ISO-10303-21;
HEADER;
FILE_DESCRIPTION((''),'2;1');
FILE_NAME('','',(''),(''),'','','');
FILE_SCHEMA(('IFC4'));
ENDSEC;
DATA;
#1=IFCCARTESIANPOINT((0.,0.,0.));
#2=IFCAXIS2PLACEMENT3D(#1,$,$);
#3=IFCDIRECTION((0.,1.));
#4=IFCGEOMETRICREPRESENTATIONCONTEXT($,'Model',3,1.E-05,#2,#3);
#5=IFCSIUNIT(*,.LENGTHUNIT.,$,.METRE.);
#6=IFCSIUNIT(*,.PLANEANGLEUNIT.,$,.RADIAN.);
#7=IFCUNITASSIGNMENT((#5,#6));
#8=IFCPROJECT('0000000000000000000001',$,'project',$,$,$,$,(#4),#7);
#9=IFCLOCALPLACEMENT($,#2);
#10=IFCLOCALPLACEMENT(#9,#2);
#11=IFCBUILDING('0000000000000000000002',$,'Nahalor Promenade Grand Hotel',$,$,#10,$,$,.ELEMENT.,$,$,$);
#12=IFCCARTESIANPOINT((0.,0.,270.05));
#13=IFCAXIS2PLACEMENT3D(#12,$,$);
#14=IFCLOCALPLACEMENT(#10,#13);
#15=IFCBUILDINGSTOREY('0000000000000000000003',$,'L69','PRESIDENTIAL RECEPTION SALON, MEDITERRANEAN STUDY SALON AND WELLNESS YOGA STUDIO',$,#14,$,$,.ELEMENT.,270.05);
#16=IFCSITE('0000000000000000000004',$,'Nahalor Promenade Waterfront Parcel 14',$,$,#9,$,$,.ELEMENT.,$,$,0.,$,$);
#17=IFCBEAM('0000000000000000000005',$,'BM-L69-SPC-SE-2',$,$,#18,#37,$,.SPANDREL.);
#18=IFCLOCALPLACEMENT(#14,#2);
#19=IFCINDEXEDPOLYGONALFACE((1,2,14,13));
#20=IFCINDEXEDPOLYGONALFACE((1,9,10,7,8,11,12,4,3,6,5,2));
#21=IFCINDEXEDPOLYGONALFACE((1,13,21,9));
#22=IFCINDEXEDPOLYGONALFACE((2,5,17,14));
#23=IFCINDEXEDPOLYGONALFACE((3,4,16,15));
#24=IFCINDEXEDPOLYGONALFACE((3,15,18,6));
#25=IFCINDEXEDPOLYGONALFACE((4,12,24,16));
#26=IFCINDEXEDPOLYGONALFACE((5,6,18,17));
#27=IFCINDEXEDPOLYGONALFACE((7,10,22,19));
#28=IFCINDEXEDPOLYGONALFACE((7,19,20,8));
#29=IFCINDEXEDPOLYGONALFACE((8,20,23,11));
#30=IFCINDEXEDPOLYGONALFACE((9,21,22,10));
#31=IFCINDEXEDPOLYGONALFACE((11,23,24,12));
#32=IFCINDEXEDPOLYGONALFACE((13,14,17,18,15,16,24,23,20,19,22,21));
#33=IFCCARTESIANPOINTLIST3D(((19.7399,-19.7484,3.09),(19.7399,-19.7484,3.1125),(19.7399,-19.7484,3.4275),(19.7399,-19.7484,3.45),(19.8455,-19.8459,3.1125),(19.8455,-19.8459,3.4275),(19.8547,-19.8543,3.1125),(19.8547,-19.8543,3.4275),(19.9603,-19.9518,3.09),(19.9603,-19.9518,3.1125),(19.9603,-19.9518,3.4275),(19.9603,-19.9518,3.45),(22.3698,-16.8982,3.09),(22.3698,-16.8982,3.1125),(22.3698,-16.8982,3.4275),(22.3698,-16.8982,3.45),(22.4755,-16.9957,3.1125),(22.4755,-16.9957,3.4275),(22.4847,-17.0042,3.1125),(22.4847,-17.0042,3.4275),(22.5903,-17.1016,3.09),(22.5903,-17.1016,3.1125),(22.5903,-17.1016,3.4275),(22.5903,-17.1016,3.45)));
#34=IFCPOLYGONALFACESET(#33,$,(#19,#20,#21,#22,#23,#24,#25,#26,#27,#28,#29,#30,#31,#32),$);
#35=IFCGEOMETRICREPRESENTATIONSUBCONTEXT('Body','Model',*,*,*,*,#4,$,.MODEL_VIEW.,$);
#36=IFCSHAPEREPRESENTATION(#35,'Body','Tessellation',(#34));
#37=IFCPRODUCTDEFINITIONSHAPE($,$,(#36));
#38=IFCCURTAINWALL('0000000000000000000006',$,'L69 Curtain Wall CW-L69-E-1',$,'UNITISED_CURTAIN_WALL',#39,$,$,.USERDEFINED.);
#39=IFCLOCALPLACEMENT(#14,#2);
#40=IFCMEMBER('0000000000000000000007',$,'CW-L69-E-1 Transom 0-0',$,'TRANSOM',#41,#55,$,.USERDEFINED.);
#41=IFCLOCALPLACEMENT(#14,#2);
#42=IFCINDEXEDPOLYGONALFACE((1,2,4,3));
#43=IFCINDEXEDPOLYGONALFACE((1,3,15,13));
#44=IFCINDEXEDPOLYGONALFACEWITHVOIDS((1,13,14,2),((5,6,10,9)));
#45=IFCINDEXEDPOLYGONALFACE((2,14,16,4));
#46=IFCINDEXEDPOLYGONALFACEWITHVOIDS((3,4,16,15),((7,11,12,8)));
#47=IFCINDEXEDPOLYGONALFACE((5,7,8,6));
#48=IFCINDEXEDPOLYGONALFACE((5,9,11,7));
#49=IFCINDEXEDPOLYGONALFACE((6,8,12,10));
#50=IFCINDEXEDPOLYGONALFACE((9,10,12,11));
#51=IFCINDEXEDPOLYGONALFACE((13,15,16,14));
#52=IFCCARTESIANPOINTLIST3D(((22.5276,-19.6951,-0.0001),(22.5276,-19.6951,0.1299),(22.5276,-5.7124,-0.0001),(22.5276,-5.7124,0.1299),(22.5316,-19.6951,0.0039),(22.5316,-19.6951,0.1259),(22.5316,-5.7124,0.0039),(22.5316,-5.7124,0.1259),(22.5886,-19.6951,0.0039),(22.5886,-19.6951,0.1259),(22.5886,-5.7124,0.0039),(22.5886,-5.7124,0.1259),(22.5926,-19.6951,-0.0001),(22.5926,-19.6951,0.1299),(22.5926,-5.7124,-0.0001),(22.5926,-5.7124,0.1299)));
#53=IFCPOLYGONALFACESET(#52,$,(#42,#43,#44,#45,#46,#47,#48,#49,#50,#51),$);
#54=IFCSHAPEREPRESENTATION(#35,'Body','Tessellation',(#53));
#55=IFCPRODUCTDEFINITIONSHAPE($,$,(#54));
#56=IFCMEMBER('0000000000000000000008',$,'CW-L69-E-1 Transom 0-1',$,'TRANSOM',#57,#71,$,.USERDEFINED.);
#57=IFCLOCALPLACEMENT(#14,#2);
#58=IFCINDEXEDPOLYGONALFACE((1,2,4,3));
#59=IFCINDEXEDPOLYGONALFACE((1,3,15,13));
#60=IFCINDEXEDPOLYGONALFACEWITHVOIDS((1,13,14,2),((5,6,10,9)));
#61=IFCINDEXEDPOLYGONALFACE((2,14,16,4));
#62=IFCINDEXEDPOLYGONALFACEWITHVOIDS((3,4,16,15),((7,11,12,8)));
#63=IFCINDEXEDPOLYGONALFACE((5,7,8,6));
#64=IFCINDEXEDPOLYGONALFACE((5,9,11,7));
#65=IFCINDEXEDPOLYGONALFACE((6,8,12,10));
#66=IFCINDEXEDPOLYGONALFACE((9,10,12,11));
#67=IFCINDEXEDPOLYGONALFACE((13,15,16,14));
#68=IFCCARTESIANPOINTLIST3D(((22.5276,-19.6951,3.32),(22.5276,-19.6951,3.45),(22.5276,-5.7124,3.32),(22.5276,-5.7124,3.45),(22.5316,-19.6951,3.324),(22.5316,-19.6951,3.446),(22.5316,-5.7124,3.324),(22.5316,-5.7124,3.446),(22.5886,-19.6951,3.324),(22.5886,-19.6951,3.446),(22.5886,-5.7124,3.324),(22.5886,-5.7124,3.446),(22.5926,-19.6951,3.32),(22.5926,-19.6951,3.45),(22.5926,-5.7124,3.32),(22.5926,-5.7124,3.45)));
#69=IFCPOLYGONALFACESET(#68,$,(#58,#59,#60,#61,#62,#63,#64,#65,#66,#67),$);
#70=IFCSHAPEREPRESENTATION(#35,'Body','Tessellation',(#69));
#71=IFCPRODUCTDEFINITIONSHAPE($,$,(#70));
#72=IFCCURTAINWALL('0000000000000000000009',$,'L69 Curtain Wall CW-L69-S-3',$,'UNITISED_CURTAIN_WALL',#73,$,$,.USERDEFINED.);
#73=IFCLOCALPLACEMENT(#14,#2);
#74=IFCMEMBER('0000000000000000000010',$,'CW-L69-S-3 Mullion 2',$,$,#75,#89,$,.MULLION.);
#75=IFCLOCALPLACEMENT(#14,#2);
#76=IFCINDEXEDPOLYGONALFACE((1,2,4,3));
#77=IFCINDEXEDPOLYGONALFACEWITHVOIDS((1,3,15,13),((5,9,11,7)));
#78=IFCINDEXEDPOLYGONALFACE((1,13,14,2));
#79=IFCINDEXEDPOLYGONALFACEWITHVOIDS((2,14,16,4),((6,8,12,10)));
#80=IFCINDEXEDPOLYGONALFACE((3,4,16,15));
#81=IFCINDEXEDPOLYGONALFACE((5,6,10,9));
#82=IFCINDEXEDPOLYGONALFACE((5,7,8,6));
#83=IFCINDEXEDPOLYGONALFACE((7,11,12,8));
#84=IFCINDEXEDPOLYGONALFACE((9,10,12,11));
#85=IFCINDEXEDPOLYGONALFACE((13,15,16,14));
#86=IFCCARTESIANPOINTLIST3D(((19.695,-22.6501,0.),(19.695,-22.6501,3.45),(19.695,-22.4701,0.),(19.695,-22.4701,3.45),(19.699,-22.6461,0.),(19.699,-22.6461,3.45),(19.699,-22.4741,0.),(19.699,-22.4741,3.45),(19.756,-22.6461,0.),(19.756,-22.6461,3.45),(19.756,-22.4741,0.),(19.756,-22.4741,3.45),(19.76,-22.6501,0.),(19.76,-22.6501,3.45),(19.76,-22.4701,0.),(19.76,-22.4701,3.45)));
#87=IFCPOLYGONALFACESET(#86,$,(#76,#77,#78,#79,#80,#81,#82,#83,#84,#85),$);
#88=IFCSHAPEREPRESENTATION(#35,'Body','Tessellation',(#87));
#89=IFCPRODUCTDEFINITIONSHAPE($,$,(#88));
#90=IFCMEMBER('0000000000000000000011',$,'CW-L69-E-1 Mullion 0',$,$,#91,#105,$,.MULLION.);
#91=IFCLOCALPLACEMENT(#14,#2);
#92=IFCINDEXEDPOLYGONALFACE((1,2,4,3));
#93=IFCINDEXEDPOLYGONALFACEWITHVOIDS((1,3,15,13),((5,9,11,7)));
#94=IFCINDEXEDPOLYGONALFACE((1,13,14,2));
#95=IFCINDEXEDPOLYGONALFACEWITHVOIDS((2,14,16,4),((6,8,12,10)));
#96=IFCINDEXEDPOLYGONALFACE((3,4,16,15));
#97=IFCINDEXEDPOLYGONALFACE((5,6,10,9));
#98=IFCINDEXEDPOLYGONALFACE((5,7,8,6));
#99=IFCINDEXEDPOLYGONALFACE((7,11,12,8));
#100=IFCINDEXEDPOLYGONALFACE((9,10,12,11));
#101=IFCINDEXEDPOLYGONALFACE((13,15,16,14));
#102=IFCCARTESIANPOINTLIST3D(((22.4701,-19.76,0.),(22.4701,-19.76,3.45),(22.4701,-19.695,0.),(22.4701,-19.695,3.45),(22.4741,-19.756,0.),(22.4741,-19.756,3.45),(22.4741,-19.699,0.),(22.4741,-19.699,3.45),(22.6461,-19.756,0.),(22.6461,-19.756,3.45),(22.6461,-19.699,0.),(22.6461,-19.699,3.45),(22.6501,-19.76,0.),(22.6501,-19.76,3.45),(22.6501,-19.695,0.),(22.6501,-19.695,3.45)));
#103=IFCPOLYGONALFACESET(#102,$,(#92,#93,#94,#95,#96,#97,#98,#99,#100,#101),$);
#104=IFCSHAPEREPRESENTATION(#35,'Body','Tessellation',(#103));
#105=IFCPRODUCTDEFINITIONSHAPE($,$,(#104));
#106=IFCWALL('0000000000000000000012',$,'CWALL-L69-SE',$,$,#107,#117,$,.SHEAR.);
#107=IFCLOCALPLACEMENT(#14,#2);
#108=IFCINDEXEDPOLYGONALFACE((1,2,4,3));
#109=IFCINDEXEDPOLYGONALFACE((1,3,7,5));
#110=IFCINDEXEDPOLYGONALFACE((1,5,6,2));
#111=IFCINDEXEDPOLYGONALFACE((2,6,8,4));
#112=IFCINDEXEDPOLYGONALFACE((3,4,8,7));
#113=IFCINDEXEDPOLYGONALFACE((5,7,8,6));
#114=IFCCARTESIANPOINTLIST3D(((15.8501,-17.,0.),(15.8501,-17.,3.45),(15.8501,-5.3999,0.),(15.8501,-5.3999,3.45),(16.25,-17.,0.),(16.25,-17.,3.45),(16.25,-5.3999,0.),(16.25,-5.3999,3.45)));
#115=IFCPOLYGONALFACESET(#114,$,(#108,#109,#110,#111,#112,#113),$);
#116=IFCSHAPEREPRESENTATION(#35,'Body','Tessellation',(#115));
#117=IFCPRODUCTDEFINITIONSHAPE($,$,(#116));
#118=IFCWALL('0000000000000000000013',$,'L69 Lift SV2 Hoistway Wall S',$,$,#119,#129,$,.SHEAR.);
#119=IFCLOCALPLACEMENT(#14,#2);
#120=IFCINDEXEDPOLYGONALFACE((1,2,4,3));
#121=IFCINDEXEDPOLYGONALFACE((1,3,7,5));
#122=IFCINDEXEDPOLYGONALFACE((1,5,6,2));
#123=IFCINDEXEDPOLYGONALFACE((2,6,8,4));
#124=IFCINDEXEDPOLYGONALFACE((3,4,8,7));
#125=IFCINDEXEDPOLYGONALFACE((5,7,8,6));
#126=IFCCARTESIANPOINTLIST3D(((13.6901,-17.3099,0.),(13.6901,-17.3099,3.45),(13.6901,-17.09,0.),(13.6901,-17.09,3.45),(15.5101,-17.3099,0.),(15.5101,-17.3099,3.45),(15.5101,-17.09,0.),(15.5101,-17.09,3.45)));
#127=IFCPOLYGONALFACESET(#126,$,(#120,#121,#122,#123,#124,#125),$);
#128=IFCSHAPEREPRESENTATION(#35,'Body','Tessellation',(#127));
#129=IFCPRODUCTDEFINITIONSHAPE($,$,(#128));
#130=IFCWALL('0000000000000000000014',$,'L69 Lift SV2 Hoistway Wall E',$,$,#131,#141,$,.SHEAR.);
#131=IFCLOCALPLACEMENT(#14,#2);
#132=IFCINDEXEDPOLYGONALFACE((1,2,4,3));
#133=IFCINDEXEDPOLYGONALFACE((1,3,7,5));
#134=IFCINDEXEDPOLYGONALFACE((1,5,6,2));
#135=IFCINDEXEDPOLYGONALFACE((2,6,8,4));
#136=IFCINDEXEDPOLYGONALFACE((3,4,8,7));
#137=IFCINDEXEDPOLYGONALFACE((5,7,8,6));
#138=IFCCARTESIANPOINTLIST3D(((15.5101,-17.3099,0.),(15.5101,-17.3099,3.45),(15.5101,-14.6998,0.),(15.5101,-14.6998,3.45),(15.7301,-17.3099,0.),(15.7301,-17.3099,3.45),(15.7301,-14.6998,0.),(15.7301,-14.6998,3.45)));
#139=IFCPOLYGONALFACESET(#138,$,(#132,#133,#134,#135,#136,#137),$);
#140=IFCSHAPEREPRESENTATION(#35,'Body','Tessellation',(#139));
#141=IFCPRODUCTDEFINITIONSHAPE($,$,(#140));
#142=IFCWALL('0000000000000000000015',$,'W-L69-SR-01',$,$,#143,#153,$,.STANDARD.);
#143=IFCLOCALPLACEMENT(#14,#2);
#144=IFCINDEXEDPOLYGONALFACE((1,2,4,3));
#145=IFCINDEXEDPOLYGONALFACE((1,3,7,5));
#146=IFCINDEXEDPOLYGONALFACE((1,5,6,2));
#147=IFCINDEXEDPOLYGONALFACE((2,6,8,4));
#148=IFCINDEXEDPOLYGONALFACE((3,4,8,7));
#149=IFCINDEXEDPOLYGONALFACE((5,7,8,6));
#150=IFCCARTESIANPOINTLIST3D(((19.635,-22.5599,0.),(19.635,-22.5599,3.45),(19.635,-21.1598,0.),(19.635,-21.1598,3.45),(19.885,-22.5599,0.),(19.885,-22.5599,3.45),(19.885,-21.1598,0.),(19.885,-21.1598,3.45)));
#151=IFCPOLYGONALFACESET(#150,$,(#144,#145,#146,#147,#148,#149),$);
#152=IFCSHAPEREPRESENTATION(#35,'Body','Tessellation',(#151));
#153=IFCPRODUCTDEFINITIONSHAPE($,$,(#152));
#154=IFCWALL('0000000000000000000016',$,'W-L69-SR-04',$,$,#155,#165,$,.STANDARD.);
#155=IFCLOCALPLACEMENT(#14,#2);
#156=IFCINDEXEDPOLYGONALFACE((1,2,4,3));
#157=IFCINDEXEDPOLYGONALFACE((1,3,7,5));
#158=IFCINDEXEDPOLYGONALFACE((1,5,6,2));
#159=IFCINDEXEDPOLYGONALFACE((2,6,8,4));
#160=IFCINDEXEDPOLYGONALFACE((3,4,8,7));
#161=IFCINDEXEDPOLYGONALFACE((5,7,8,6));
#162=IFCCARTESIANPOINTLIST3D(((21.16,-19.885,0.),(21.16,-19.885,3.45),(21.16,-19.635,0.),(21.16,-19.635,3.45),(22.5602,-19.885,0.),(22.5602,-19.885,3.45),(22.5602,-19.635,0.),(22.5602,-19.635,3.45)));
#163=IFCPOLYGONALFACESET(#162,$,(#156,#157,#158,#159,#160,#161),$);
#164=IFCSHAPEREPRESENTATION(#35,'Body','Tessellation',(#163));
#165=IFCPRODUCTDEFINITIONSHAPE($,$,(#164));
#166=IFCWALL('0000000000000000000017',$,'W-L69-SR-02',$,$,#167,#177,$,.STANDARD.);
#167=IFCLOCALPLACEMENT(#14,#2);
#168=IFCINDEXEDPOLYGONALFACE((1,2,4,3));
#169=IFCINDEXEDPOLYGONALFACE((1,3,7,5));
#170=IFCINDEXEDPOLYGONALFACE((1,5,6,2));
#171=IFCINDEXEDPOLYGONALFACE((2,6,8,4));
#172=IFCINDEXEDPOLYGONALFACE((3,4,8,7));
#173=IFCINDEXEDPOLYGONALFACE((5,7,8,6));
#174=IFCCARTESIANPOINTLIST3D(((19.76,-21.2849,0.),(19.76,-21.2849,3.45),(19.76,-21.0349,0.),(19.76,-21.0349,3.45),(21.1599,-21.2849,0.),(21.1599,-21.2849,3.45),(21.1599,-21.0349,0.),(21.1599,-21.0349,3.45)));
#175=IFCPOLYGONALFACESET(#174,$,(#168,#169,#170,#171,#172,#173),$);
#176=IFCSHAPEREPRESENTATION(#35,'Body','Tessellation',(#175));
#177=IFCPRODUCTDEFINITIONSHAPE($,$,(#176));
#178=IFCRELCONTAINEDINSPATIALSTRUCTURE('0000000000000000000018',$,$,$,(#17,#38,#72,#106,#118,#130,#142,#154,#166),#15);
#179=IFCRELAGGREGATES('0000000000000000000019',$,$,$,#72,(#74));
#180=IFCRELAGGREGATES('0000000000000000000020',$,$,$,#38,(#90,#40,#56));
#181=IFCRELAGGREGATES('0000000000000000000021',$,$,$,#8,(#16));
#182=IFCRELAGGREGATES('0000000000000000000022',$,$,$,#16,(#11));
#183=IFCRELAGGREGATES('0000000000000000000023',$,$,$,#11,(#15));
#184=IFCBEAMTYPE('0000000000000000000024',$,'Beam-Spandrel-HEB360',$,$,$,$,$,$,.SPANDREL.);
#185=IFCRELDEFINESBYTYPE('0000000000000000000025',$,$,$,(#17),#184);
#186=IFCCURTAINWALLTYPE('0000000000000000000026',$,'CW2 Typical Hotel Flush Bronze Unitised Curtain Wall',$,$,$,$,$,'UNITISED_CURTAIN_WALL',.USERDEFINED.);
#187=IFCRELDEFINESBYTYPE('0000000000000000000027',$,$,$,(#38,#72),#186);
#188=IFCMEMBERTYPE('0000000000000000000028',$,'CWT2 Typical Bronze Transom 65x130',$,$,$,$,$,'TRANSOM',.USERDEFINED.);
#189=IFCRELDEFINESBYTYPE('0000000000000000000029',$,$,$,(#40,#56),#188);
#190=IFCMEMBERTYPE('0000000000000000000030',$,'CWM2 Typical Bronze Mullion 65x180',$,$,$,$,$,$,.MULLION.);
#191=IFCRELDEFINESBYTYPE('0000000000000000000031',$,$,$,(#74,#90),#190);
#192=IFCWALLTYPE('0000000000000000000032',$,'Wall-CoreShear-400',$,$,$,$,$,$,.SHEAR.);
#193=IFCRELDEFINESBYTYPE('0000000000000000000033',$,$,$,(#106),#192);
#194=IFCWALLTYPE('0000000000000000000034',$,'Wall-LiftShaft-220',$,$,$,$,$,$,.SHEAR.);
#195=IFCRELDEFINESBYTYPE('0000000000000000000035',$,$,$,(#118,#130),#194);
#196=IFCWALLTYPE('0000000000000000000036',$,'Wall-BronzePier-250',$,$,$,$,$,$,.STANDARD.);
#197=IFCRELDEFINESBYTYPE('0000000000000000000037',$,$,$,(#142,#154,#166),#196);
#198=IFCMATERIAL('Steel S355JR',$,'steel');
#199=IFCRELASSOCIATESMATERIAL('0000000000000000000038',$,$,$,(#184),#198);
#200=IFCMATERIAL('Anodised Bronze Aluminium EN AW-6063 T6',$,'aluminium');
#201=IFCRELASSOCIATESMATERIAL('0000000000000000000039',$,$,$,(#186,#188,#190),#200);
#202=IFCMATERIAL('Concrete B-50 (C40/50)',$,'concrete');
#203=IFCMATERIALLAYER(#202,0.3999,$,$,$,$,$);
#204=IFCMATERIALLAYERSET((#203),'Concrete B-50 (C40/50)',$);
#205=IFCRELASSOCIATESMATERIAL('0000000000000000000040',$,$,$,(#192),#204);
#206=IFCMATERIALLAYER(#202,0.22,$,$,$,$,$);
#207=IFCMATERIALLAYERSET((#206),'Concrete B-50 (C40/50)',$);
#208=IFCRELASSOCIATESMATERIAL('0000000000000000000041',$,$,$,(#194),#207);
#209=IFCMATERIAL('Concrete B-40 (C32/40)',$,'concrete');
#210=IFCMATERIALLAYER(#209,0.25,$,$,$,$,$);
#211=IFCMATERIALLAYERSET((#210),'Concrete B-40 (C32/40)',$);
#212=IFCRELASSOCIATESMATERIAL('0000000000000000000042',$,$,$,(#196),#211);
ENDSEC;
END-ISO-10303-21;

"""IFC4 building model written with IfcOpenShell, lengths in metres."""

from ifc_helpers import new_model, si_unit, direction, frame, frame_2d, origin, origin_2d, place, context, subcontext, project, spatial, rectangle, hollow_rectangle, i_section, extrude, source, transform, mapped, material, layer, layer_set, material_profile, profile_set, type_object, element, aggregate, save


model = new_model("IFC4")

# Units and contexts
model_context = context("Model", 3, precision=1e-05, world=origin(), true_north=direction((0.0, 1.0)))
body_context = subcontext(model_context, "Body", "Model", "MODEL_VIEW")
ifc_project = project(units=[si_unit("LENGTHUNIT", "METRE"), si_unit("PLANEANGLEUNIT", "RADIAN")], contexts=[model_context])

# Site, building, storey
site_placement = place(None, origin())
site = spatial("IfcSite", under=ifc_project, at=site_placement, Name="Nahalor Promenade Waterfront Parcel 14", CompositionType="ELEMENT", RefElevation=0.0)
building_placement = place(site_placement, origin())
building = spatial("IfcBuilding", under=site, at=building_placement, Name="Nahalor Promenade Grand Hotel", CompositionType="ELEMENT")
storey_placement = place(building_placement, frame((0.0, 0.0, 270.05)))
storey = spatial("IfcBuildingStorey", under=building, at=storey_placement, Name="L69", Description="PRESIDENTIAL RECEPTION SALON, MEDITERRANEAN STUDY SALON AND WELLNESS YOGA STUDIO", CompositionType="ELEMENT", Elevation=270.05)

# Shared definitions
ifc_material_1 = material(Name="Concrete B-50 (C40/50)", Category="concrete")
ifc_material_2 = material(Name="Steel S355JR", Category="steel")

# Beam
ifc_material_profile_1 = material_profile(ifc_material_2, i_section(OverallWidth=0.3, OverallDepth=0.36, WebThickness=0.0125, FlangeThickness=0.0225, at=origin_2d()), Name="HEB 360")
ifc_profile_set_1 = profile_set([ifc_material_profile_1], Name="Steel S355JR")
beam_type_1 = type_object("IfcBeamType", Name="Beam-Spandrel-HEB360", PredefinedType="SPANDREL", material=ifc_profile_set_1)
shared_shape_1 = source(origin(), body_context, "Body", "SweptSolid", [
    extrude(i_section(OverallWidth=0.3, OverallDepth=0.36, WebThickness=0.0125, FlangeThickness=0.0225, at=origin_2d()), origin(), (0.0, 0.0, 1.0), 3.8782),
])
for number, where, z_axis, x_axis, name in (
    (1, (19.8501, -19.8501, 3.27), (0.678144, 0.734929, 0.0), (-0.734929, 0.678144, 0.0), "BM-L69-SPC-SE-2"),
):
    element("IfcBeam", number, at=place(storey_placement, frame(where, z_axis=z_axis, x_axis=x_axis)), inside=storey, type_object=beam_type_1, Name=name, PredefinedType="SPANDREL", context=body_context, shape_type="MappedRepresentation", body=[
        mapped(shared_shape_1, transform((0.0, 0.0, 0.0), scale=1.0)),
    ])

# Curtain wall, members
ifc_material_3 = material(Name="Anodised Bronze Aluminium EN AW-6063 T6", Category="aluminium")
curtain_wall_type = type_object("IfcCurtainWallType", Name="CW2 Typical Hotel Flush Bronze Unitised Curtain Wall", ElementType="UNITISED_CURTAIN_WALL", PredefinedType="USERDEFINED", material=ifc_material_3)
curtain_wall_1_placement = place(storey_placement, origin())
curtain_wall_1 = element("IfcCurtainWall", 2, at=curtain_wall_1_placement, inside=storey, type_object=curtain_wall_type, Name="L69 Curtain Wall CW-L69-E-1", ObjectType="UNITISED_CURTAIN_WALL", PredefinedType="USERDEFINED")
ifc_material_profile_2 = material_profile(ifc_material_3, hollow_rectangle(XDim=0.065, YDim=0.13, WallThickness=0.004, at=origin_2d()), Name="CWT 65x130x4")
ifc_profile_set_2 = profile_set([ifc_material_profile_2], Name="Anodised Bronze Aluminium EN AW-6063 T6")
member_type_1 = type_object("IfcMemberType", Name="CWT2 Typical Bronze Transom 65x130", ElementType="TRANSOM", PredefinedType="USERDEFINED", material=ifc_profile_set_2)
shared_shape_2 = source(origin(), body_context, "Body", "SweptSolid", [
    extrude(hollow_rectangle(XDim=0.065, YDim=0.13, WallThickness=0.004, at=origin_2d()), origin(), (0.0, 0.0, 1.0), 13.9827),
])
member_1_placement = place(storey_placement, frame((22.5601, -19.6951, 0.0649), z_axis=(0.0, 1.0, 0.0), x_axis=(-1.0, 0.0, 0.0)))
member_1 = element("IfcMember", 3, at=member_1_placement, type_object=member_type_1, Name="CW-L69-E-1 Transom 0-0", ObjectType="TRANSOM", PredefinedType="USERDEFINED", context=body_context, shape_type="MappedRepresentation", body=[
    mapped(shared_shape_2, transform((0.0, 0.0, 0.0), scale=1.0)),
])
member_2_placement = place(storey_placement, frame((22.5601, -19.6951, 3.385), z_axis=(0.0, 1.0, 0.0), x_axis=(-1.0, 0.0, 0.0)))
member_2 = element("IfcMember", 4, at=member_2_placement, type_object=member_type_1, Name="CW-L69-E-1 Transom 0-1", ObjectType="TRANSOM", PredefinedType="USERDEFINED", context=body_context, shape_type="MappedRepresentation", body=[
    mapped(shared_shape_2, transform((0.0, 0.0, 0.0), scale=1.0)),
])

# Curtain wall, member
curtain_wall_2_placement = place(storey_placement, origin())
curtain_wall_2 = element("IfcCurtainWall", 5, at=curtain_wall_2_placement, inside=storey, type_object=curtain_wall_type, Name="L69 Curtain Wall CW-L69-S-3", ObjectType="UNITISED_CURTAIN_WALL", PredefinedType="USERDEFINED")
ifc_material_profile_3 = material_profile(ifc_material_3, hollow_rectangle(XDim=0.065, YDim=0.18, WallThickness=0.004, at=origin_2d()), Name="CWM 65x180x4")
ifc_profile_set_3 = profile_set([ifc_material_profile_3], Name="Anodised Bronze Aluminium EN AW-6063 T6")
member_type_2 = type_object("IfcMemberType", Name="CWM2 Typical Bronze Mullion 65x180", PredefinedType="MULLION", material=ifc_profile_set_3)
shared_shape_3 = source(origin(), body_context, "Body", "SweptSolid", [
    extrude(hollow_rectangle(XDim=0.065, YDim=0.18, WallThickness=0.004, at=origin_2d()), origin(), (0.0, 0.0, 1.0), 3.45),
])
member_3_placement = place(storey_placement, frame((19.7275, -22.5601, 0.0), z_axis=(0.0, 0.0, 1.0), x_axis=(1.0, 0.0, 0.0)))
member_3 = element("IfcMember", 6, at=member_3_placement, type_object=member_type_2, Name="CW-L69-S-3 Mullion 2", PredefinedType="MULLION", context=body_context, shape_type="MappedRepresentation", body=[
    mapped(shared_shape_3, transform((0.0, 0.0, 0.0), scale=1.0)),
])
aggregate(curtain_wall_2, [member_3])

# Member
member_4_placement = place(storey_placement, frame((22.5601, -19.7275, 0.0), z_axis=(0.0, 0.0, 1.0), x_axis=(0.0, 1.0, 0.0)))
member_4 = element("IfcMember", 7, at=member_4_placement, type_object=member_type_2, Name="CW-L69-E-1 Mullion 0", PredefinedType="MULLION", context=body_context, shape_type="MappedRepresentation", body=[
    mapped(shared_shape_3, transform((0.0, 0.0, 0.0), scale=1.0)),
])
aggregate(curtain_wall_1, [member_4, member_1, member_2])

# Walls
ifc_layer_1 = layer(ifc_material_1, 0.3999)
ifc_layer_set_1 = layer_set([ifc_layer_1], Name="Concrete B-50 (C40/50)")
wall_type_1 = type_object("IfcWallType", Name="Wall-CoreShear-400", PredefinedType="SHEAR", material=ifc_layer_set_1)
shared_shape_4 = source(origin(), body_context, "Body", "SweptSolid", [
    extrude(rectangle(XDim=11.6001, YDim=0.3999, at=frame_2d((5.8, 0.0))), origin(), (0.0, 0.0, 1.0), 3.45),
])
wall_1_placement = place(storey_placement, frame((16.05, -17.0, 0.0), z_axis=(0.0, 0.0, 1.0), x_axis=(0.0, 1.0, 0.0)))
element("IfcWall", 8, at=wall_1_placement, inside=storey, type_object=wall_type_1, Name="CWALL-L69-SE", PredefinedType="SHEAR", context=body_context, shape_type="MappedRepresentation", body=[
    mapped(shared_shape_4, transform((0.0, 0.0, 0.0), scale=1.0)),
])
ifc_layer_2 = layer(ifc_material_1, 0.22)
ifc_layer_set_2 = layer_set([ifc_layer_2], Name="Concrete B-50 (C40/50)")
wall_type_2 = type_object("IfcWallType", Name="Wall-LiftShaft-220", PredefinedType="SHEAR", material=ifc_layer_set_2)
shared_shape_5 = source(origin(), body_context, "Body", "SweptSolid", [
    extrude(rectangle(XDim=1.8201, YDim=0.22, at=frame_2d((0.9102, 0.0))), origin(), (0.0, 0.0, 1.0), 3.45),
])
wall_2_placement = place(storey_placement, frame((13.6899, -17.2, 0.0), z_axis=(0.0, 0.0, 1.0), x_axis=(1.0, 0.0, 0.0)))
element("IfcWall", 9, at=wall_2_placement, inside=storey, type_object=wall_type_2, Name="L69 Lift SV2 Hoistway Wall S", PredefinedType="SHEAR", context=body_context, shape_type="MappedRepresentation", body=[
    mapped(shared_shape_5, transform((0.0, 0.0, 0.0), scale=1.0)),
])
shared_shape_6 = source(origin(), body_context, "Body", "SweptSolid", [
    extrude(rectangle(XDim=2.6101, YDim=0.22, at=frame_2d((1.3052, 0.0))), origin(), (0.0, 0.0, 1.0), 3.45),
])
wall_3_placement = place(storey_placement, frame((15.6201, -17.3101, 0.0), z_axis=(0.0, 0.0, 1.0), x_axis=(0.0, 1.0, 0.0)))
element("IfcWall", 10, at=wall_3_placement, inside=storey, type_object=wall_type_2, Name="L69 Lift SV2 Hoistway Wall E", PredefinedType="SHEAR", context=body_context, shape_type="MappedRepresentation", body=[
    mapped(shared_shape_6, transform((0.0, 0.0, 0.0), scale=1.0)),
])
ifc_material_4 = material(Name="Concrete B-40 (C32/40)", Category="concrete")
ifc_layer_3 = layer(ifc_material_4, 0.25)
ifc_layer_set_3 = layer_set([ifc_layer_3], Name="Concrete B-40 (C32/40)")
wall_type_3 = type_object("IfcWallType", Name="Wall-BronzePier-250", PredefinedType="STANDARD", material=ifc_layer_set_3)
shared_shape_7 = source(origin(), body_context, "Body", "SweptSolid", [
    extrude(rectangle(XDim=1.4001, YDim=0.25, at=frame_2d((0.7002, 0.0))), origin(), (0.0, 0.0, 1.0), 3.45),
])
for number, where, z_axis, x_axis, name in (
    (11, (19.76, -22.5601, 0.0), (0.0, 0.0, 1.0), (0.0, 1.0, 0.0), "W-L69-SR-01"),
    (12, (21.1599, -19.76, 0.0), (0.0, 0.0, 1.0), (1.0, 0.0, 0.0), "W-L69-SR-04"),
):
    element("IfcWall", number, at=place(storey_placement, frame(where, z_axis=z_axis, x_axis=x_axis)), inside=storey, type_object=wall_type_3, Name=name, PredefinedType="STANDARD", context=body_context, shape_type="MappedRepresentation", body=[
        mapped(shared_shape_7, transform((0.0, 0.0, 0.0), scale=1.0)),
    ])
shared_shape_8 = source(origin(), body_context, "Body", "SweptSolid", [
    extrude(rectangle(XDim=1.3999, YDim=0.25, at=frame_2d((0.7, 0.0))), origin(), (0.0, 0.0, 1.0), 3.45),
])
for number, where, z_axis, x_axis, name in (
    (13, (19.76, -21.1599, 0.0), (0.0, 0.0, 1.0), (1.0, 0.0, 0.0), "W-L69-SR-02"),
):
    element("IfcWall", number, at=place(storey_placement, frame(where, z_axis=z_axis, x_axis=x_axis)), inside=storey, type_object=wall_type_3, Name=name, PredefinedType="STANDARD", context=body_context, shape_type="MappedRepresentation", body=[
        mapped(shared_shape_8, transform((0.0, 0.0, 0.0), scale=1.0)),
    ])

save(model, "model.ifc")
